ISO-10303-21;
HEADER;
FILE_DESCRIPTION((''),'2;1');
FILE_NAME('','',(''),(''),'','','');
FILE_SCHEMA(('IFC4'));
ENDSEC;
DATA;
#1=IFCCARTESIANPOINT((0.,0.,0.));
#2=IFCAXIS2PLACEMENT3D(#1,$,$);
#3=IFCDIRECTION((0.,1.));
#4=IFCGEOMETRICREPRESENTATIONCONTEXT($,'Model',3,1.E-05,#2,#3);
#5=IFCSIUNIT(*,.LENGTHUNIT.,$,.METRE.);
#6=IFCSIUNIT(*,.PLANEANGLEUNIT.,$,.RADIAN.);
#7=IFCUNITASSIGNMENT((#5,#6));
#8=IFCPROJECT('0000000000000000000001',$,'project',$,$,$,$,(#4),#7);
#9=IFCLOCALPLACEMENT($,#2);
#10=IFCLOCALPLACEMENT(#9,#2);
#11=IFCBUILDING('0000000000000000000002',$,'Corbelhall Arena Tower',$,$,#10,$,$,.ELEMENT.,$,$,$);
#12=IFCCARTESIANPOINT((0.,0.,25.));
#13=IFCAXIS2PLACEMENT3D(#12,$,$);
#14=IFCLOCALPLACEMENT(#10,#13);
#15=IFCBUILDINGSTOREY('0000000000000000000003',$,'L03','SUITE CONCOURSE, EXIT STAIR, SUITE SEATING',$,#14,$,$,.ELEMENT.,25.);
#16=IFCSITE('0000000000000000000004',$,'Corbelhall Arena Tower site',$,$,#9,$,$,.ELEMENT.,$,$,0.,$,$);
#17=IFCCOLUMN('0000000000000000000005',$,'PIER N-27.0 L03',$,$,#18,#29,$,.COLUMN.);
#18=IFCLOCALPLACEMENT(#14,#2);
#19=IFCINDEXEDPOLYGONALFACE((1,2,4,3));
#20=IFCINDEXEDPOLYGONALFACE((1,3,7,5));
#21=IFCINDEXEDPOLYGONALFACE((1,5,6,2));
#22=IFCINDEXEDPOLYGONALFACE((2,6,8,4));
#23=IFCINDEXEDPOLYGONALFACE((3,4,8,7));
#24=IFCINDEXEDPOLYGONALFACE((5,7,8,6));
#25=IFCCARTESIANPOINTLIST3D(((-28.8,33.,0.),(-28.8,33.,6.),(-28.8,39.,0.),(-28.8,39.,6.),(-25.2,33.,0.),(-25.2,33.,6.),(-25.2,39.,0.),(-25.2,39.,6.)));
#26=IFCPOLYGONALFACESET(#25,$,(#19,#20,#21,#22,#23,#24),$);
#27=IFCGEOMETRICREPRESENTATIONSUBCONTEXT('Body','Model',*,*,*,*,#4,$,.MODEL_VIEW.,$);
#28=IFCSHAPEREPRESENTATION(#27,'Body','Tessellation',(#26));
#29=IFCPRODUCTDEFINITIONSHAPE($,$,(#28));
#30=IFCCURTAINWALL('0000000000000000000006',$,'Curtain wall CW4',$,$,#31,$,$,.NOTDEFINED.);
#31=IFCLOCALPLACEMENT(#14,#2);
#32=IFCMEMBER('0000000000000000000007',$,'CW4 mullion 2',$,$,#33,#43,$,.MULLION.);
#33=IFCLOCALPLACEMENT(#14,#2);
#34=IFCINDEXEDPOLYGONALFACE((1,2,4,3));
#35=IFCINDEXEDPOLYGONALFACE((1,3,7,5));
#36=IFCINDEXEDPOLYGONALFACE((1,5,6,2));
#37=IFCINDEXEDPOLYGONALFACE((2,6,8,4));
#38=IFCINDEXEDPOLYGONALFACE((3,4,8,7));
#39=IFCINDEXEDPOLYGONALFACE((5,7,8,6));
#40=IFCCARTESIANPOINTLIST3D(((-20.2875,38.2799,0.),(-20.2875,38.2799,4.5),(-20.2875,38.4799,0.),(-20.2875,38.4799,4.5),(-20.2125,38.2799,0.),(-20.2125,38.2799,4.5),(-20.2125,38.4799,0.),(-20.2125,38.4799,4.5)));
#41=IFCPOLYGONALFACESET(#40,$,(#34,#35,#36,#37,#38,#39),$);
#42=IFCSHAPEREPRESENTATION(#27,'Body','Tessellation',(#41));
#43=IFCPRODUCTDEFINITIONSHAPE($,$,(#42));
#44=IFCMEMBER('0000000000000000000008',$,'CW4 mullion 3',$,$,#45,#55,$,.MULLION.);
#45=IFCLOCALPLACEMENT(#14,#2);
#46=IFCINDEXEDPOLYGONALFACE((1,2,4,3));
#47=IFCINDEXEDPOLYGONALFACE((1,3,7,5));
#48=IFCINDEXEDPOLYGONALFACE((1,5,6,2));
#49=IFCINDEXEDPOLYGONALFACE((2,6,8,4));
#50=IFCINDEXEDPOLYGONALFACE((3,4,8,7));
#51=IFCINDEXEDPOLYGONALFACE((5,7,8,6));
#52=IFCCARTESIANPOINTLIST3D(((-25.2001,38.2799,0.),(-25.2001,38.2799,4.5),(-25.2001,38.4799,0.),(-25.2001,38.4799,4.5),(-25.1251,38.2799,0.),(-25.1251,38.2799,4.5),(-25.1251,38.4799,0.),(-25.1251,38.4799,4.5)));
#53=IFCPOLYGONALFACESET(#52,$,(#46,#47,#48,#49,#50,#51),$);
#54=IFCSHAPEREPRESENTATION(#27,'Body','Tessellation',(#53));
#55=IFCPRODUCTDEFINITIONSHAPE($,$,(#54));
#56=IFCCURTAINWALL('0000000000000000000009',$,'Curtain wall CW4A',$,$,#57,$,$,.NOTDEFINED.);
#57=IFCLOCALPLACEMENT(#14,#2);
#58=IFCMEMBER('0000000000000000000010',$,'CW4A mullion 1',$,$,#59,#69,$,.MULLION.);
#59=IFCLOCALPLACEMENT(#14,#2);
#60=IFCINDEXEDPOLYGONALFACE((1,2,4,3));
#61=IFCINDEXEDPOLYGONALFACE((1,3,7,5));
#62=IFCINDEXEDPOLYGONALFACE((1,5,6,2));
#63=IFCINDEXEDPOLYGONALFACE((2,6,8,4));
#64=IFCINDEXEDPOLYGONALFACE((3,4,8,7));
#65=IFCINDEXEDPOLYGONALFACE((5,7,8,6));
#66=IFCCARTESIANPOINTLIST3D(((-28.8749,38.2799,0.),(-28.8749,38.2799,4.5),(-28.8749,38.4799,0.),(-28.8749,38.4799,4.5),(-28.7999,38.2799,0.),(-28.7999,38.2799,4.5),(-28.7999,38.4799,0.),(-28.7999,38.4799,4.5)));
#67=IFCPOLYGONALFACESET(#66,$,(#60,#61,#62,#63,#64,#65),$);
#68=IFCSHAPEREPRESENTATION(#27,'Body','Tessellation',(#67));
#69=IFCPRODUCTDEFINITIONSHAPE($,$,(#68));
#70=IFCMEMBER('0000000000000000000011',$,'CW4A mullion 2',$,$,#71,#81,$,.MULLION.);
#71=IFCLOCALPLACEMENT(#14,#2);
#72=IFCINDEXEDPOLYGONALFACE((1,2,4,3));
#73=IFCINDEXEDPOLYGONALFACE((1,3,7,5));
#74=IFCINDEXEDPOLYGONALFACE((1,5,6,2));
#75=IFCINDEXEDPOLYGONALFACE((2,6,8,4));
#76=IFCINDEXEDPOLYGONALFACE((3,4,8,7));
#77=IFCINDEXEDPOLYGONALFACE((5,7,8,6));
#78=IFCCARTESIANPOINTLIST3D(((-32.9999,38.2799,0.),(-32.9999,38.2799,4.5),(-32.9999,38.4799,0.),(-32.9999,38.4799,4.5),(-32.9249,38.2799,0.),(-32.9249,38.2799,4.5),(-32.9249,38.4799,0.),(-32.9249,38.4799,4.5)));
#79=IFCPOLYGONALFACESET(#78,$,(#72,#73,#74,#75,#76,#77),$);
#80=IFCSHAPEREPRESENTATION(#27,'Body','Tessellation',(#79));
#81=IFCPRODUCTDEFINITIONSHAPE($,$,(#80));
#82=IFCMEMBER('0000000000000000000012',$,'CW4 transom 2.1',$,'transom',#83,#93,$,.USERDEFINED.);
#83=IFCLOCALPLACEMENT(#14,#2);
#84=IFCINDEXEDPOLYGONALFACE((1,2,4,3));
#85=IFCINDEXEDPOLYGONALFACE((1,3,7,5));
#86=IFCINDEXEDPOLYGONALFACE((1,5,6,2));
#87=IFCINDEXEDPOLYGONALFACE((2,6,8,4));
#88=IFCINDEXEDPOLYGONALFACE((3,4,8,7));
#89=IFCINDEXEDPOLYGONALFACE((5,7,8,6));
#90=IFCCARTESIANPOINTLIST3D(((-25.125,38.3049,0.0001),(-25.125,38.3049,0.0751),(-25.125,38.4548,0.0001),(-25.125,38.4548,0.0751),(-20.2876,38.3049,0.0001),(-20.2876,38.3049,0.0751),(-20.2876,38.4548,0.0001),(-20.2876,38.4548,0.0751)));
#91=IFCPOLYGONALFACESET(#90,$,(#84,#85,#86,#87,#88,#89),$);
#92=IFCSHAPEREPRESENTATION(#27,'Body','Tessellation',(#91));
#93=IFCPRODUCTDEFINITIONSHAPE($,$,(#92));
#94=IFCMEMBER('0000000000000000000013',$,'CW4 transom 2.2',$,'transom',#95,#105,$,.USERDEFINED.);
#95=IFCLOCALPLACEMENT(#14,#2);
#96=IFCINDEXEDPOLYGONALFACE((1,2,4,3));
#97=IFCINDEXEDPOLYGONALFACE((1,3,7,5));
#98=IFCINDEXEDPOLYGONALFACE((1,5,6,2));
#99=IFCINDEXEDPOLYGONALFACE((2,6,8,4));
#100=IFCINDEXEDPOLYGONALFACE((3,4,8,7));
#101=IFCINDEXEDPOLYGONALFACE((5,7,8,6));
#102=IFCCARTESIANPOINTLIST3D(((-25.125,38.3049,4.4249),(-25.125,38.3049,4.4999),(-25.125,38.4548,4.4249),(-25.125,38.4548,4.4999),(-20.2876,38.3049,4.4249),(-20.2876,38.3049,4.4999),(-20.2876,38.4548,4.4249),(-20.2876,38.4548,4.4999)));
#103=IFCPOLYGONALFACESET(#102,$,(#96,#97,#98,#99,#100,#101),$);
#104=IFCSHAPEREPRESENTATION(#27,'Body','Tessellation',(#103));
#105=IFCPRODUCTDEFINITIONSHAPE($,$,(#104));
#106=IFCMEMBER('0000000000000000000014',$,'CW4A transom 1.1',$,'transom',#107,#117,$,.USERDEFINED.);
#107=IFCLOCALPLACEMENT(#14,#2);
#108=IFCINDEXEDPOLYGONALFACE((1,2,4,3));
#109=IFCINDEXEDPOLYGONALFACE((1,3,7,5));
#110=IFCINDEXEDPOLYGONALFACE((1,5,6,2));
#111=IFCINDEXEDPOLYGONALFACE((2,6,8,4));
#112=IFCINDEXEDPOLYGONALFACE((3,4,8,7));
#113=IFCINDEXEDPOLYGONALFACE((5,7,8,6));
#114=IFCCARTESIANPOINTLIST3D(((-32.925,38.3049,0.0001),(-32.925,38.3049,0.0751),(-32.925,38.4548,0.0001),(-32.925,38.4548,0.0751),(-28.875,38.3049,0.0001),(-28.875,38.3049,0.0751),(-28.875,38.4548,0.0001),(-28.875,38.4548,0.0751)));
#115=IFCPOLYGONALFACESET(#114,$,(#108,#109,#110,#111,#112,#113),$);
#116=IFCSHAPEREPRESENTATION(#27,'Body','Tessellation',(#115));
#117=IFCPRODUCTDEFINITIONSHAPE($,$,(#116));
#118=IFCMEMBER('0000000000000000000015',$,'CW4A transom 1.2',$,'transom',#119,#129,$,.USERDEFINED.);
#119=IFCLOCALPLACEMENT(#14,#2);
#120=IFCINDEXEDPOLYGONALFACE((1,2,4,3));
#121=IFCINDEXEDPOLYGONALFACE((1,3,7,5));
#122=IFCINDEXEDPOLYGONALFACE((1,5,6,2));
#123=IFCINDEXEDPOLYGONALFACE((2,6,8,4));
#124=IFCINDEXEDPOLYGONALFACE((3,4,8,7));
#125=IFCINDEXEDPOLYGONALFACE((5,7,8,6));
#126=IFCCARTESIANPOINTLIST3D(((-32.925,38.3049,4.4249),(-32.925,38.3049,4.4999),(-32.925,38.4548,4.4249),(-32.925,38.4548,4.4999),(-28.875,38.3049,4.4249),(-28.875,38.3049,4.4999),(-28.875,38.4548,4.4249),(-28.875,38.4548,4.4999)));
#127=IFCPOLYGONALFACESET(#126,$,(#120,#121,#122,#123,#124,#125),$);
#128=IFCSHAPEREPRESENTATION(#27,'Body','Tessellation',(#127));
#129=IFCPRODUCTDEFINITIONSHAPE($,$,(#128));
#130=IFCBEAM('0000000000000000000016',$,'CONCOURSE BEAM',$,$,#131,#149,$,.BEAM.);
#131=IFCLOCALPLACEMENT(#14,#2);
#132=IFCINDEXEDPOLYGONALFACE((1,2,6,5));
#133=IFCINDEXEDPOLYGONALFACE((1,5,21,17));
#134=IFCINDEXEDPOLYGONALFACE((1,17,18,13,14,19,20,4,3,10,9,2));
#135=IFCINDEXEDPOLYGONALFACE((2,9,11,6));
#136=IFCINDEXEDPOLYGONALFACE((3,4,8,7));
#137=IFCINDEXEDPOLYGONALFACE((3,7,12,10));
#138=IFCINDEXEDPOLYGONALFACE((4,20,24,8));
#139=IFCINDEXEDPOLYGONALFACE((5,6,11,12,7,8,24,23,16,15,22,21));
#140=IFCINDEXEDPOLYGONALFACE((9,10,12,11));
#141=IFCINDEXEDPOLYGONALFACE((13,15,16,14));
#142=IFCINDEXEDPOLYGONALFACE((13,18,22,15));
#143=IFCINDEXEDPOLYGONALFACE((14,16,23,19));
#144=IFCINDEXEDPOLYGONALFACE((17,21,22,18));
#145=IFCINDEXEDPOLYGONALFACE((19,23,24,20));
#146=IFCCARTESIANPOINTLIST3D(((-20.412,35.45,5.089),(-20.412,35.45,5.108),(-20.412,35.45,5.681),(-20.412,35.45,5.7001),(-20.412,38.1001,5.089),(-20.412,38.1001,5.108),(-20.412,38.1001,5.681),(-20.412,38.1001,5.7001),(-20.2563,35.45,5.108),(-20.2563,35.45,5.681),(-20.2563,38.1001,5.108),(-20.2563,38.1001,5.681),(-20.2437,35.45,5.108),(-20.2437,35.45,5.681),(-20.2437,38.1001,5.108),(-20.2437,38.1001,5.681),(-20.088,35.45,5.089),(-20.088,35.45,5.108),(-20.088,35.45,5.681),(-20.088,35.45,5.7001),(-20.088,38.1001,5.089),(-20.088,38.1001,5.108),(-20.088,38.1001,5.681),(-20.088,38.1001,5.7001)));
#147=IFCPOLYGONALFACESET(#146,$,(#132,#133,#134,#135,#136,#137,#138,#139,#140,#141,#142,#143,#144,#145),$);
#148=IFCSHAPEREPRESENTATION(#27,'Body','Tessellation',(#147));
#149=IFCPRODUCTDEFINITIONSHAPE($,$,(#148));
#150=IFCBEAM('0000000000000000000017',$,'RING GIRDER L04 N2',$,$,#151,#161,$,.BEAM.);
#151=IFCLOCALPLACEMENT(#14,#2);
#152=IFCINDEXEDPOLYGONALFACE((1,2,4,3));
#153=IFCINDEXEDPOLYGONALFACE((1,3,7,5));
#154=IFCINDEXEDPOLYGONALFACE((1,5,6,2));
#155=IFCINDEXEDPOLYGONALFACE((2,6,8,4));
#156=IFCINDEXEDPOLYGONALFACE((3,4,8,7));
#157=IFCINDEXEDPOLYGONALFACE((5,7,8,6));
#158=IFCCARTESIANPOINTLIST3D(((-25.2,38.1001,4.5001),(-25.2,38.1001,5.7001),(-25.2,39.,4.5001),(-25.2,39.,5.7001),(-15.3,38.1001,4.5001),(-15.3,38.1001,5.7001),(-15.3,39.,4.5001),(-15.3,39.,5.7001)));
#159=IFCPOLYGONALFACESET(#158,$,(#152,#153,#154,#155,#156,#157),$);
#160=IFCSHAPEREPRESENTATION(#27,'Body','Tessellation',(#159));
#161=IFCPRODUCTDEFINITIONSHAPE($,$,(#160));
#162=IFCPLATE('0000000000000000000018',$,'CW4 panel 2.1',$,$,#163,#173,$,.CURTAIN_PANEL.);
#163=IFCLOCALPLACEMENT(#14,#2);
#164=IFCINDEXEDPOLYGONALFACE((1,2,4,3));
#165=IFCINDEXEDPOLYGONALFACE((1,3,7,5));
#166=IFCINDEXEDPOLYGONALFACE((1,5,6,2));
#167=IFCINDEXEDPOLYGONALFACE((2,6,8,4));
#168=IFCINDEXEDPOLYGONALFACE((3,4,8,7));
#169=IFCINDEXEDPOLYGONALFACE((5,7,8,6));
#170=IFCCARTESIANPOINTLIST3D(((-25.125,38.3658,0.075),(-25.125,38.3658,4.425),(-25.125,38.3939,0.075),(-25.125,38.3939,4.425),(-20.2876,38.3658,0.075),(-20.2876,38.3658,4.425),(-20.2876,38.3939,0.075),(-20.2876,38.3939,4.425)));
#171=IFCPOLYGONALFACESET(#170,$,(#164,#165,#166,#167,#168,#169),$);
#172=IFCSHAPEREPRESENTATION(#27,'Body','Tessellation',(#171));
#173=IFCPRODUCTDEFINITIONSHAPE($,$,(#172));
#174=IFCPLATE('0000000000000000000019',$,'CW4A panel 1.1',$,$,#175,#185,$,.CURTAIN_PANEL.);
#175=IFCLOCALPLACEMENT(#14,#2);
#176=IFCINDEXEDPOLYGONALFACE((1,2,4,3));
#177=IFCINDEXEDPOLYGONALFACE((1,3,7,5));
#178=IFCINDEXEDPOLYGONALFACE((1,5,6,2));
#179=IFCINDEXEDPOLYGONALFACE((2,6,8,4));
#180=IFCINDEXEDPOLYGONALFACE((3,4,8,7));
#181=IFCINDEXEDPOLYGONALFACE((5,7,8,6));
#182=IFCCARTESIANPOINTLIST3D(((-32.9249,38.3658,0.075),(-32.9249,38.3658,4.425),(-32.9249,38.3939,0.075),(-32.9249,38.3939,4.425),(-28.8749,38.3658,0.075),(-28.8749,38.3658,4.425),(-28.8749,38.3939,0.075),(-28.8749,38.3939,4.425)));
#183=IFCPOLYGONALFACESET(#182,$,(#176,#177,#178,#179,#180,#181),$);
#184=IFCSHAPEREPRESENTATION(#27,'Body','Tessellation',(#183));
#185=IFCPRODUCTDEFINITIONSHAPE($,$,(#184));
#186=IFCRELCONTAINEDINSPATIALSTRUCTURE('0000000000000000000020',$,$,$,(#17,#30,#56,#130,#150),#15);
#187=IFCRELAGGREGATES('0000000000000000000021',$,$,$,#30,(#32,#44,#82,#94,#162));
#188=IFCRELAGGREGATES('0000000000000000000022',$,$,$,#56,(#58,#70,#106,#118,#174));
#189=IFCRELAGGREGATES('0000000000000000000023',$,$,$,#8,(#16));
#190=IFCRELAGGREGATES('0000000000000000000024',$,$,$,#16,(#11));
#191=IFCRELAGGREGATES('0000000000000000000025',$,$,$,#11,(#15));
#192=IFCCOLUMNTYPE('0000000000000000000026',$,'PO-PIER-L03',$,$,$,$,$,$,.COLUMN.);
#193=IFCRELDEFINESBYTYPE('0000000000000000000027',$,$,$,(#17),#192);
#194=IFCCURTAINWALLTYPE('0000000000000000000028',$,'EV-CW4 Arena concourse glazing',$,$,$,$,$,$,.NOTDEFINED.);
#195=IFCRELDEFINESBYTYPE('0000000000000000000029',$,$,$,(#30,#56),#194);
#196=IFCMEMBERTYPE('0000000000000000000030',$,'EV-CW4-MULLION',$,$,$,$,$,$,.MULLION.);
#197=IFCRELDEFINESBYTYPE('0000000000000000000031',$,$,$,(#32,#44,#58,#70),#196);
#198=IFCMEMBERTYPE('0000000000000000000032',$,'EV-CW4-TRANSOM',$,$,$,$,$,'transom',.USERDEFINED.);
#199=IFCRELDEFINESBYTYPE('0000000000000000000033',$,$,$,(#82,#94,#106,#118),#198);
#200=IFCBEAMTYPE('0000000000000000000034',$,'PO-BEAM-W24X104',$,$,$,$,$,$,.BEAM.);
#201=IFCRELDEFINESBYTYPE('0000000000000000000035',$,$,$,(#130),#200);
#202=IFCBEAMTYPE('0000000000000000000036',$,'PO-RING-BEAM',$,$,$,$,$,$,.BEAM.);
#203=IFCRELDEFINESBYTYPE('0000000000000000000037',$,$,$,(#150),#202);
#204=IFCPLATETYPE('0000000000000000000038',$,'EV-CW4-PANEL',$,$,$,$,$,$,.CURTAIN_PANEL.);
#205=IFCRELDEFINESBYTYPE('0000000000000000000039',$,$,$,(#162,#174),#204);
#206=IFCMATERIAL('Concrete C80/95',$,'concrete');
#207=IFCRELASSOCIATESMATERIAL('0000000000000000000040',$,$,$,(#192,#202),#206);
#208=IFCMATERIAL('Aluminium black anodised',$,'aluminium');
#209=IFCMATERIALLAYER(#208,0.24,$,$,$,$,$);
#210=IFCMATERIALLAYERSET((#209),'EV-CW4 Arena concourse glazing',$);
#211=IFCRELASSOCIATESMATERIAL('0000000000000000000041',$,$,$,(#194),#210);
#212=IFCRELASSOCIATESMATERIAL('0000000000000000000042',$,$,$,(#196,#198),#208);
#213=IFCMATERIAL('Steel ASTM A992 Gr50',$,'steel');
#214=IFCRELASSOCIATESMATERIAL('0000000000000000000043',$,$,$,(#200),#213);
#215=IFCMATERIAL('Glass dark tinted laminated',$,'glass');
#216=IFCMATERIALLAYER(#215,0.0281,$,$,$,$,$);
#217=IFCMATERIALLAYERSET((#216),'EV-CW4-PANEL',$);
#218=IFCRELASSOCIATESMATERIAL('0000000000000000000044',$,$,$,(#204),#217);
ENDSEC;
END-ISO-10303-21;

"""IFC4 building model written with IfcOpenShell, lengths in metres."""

from ifc_helpers import new_model, si_unit, direction, frame, origin, origin_2d, place, context, subcontext, project, spatial, rectangle, i_section, extrude, material, layer, layer_set, material_profile, profile_set, type_object, element, aggregate, save


model = new_model("IFC4")

# Units and contexts
model_context = context("Model", 3, precision=1e-05, world=origin(), true_north=direction((0.0, 1.0)))
body_context = subcontext(model_context, "Body", "Model", "MODEL_VIEW")
ifc_project = project(units=[si_unit("LENGTHUNIT", "METRE"), si_unit("PLANEANGLEUNIT", "RADIAN")], contexts=[model_context])

# Site, building, storey
site_placement = place(None, origin())
site = spatial("IfcSite", under=ifc_project, at=site_placement, Name="Corbelhall Arena Tower site", CompositionType="ELEMENT", RefElevation=0.0)
building_placement = place(site_placement, origin())
building = spatial("IfcBuilding", under=site, at=building_placement, Name="Corbelhall Arena Tower", CompositionType="ELEMENT")
storey_placement = place(building_placement, frame((0.0, 0.0, 25.0)))
storey = spatial("IfcBuildingStorey", under=building, at=storey_placement, Name="L03", Description="SUITE CONCOURSE, EXIT STAIR, SUITE SEATING", CompositionType="ELEMENT", Elevation=25.0)

# Column
ifc_material_1 = material(Name="Concrete C80/95", Category="concrete")
ifc_material_profile_1 = material_profile(ifc_material_1, rectangle(XDim=3.6001, YDim=6.0, at=origin_2d()))
ifc_profile_set_1 = profile_set([ifc_material_profile_1], Name="Concrete C80/95")
column_type = type_object("IfcColumnType", Name="PO-PIER-L03", PredefinedType="COLUMN", material=ifc_profile_set_1)
column_placement = place(storey_placement, frame((-27.0, 36.0, 0.0), z_axis=(0.0, 0.0, 1.0), x_axis=(1.0, 0.0, 0.0)))
element("IfcColumn", 1, at=column_placement, inside=storey, type_object=column_type, Name="PIER N-27.0 L03", PredefinedType="COLUMN", context=body_context, shape_type="SweptSolid", body=[
    extrude(rectangle(XDim=3.6001, YDim=6.0, at=origin_2d()), origin(), (0.0, 0.0, 1.0), 6.0),
])

# Curtain walls, members
ifc_material_2 = material(Name="Aluminium black anodised", Category="aluminium")
ifc_layer_1 = layer(ifc_material_2, 0.24)
ifc_layer_set_1 = layer_set([ifc_layer_1], Name="EV-CW4 Arena concourse glazing")
curtain_wall_type = type_object("IfcCurtainWallType", Name="EV-CW4 Arena concourse glazing", PredefinedType="NOTDEFINED", material=ifc_layer_set_1)
curtain_wall_1_placement = place(storey_placement, origin())
curtain_wall_1 = element("IfcCurtainWall", 2, at=curtain_wall_1_placement, inside=storey, type_object=curtain_wall_type, Name="Curtain wall CW4", PredefinedType="NOTDEFINED")
ifc_material_profile_2 = material_profile(ifc_material_2, rectangle(XDim=0.2, YDim=0.075, at=origin_2d()))
ifc_profile_set_2 = profile_set([ifc_material_profile_2], Name="Aluminium black anodised")
member_type_1 = type_object("IfcMemberType", Name="EV-CW4-MULLION", PredefinedType="MULLION", material=ifc_profile_set_2)
member_1_placement = place(storey_placement, frame((-20.25, 38.3799, 0.0), z_axis=(0.0, 0.0, 1.0), x_axis=(0.0, -1.0, 0.0)))
member_1 = element("IfcMember", 3, at=member_1_placement, type_object=member_type_1, Name="CW4 mullion 2", PredefinedType="MULLION", context=body_context, shape_type="SweptSolid", body=[
    extrude(rectangle(XDim=0.2, YDim=0.075, at=origin_2d()), origin(), (0.0, 0.0, 1.0), 4.5),
])
member_2_placement = place(storey_placement, frame((-25.1626, 38.3799, 0.0), z_axis=(0.0, 0.0, 1.0), x_axis=(0.0, -1.0, 0.0)))
member_2 = element("IfcMember", 4, at=member_2_placement, type_object=member_type_1, Name="CW4 mullion 3", PredefinedType="MULLION", context=body_context, shape_type="SweptSolid", body=[
    extrude(rectangle(XDim=0.2, YDim=0.075, at=origin_2d()), origin(), (0.0, 0.0, 1.0), 4.5),
])
curtain_wall_2_placement = place(storey_placement, origin())
curtain_wall_2 = element("IfcCurtainWall", 5, at=curtain_wall_2_placement, inside=storey, type_object=curtain_wall_type, Name="Curtain wall CW4A", PredefinedType="NOTDEFINED")
member_3_placement = place(storey_placement, frame((-28.8374, 38.3799, 0.0), z_axis=(0.0, 0.0, 1.0), x_axis=(0.0, -1.0, 0.0)))
member_3 = element("IfcMember", 6, at=member_3_placement, type_object=member_type_1, Name="CW4A mullion 1", PredefinedType="MULLION", context=body_context, shape_type="SweptSolid", body=[
    extrude(rectangle(XDim=0.2, YDim=0.075, at=origin_2d()), origin(), (0.0, 0.0, 1.0), 4.5),
])
member_4_placement = place(storey_placement, frame((-32.9624, 38.3799, 0.0), z_axis=(0.0, 0.0, 1.0), x_axis=(0.0, -1.0, 0.0)))
member_4 = element("IfcMember", 7, at=member_4_placement, type_object=member_type_1, Name="CW4A mullion 2", PredefinedType="MULLION", context=body_context, shape_type="SweptSolid", body=[
    extrude(rectangle(XDim=0.2, YDim=0.075, at=origin_2d()), origin(), (0.0, 0.0, 1.0), 4.5),
])

# Members
ifc_material_profile_3 = material_profile(ifc_material_2, rectangle(XDim=0.1499, YDim=0.075, at=origin_2d()))
ifc_profile_set_3 = profile_set([ifc_material_profile_3], Name="Aluminium black anodised")
member_type_2 = type_object("IfcMemberType", Name="EV-CW4-TRANSOM", ElementType="transom", PredefinedType="USERDEFINED", material=ifc_profile_set_3)
member_5_placement = place(storey_placement, frame((-20.2876, 38.3799, 0.0376), z_axis=(-1.0, 0.0, 0.0), x_axis=(0.0, -1.0, 0.0)))
member_5 = element("IfcMember", 8, at=member_5_placement, type_object=member_type_2, Name="CW4 transom 2.1", ObjectType="transom", PredefinedType="USERDEFINED", context=body_context, shape_type="SweptSolid", body=[
    extrude(rectangle(XDim=0.1499, YDim=0.075, at=origin_2d()), origin(), (0.0, 0.0, 1.0), 4.8374),
])
member_6_placement = place(storey_placement, frame((-20.2876, 38.3799, 4.4624), z_axis=(-1.0, 0.0, 0.0), x_axis=(0.0, -1.0, 0.0)))
member_6 = element("IfcMember", 9, at=member_6_placement, type_object=member_type_2, Name="CW4 transom 2.2", ObjectType="transom", PredefinedType="USERDEFINED", context=body_context, shape_type="SweptSolid", body=[
    extrude(rectangle(XDim=0.1499, YDim=0.075, at=origin_2d()), origin(), (0.0, 0.0, 1.0), 4.8374),
])
member_7_placement = place(storey_placement, frame((-28.875, 38.3799, 0.0376), z_axis=(-1.0, 0.0, 0.0), x_axis=(0.0, -1.0, 0.0)))
member_7 = element("IfcMember", 10, at=member_7_placement, type_object=member_type_2, Name="CW4A transom 1.1", ObjectType="transom", PredefinedType="USERDEFINED", context=body_context, shape_type="SweptSolid", body=[
    extrude(rectangle(XDim=0.1499, YDim=0.075, at=origin_2d()), origin(), (0.0, 0.0, 1.0), 4.05),
])
member_8_placement = place(storey_placement, frame((-28.875, 38.3799, 4.4624), z_axis=(-1.0, 0.0, 0.0), x_axis=(0.0, -1.0, 0.0)))
member_8 = element("IfcMember", 11, at=member_8_placement, type_object=member_type_2, Name="CW4A transom 1.2", ObjectType="transom", PredefinedType="USERDEFINED", context=body_context, shape_type="SweptSolid", body=[
    extrude(rectangle(XDim=0.1499, YDim=0.075, at=origin_2d()), origin(), (0.0, 0.0, 1.0), 4.05),
])

# Beams
ifc_material_3 = material(Name="Steel ASTM A992 Gr50", Category="steel")
ifc_material_profile_4 = material_profile(ifc_material_3, i_section(OverallWidth=0.324, OverallDepth=0.6111, WebThickness=0.0127, FlangeThickness=0.019, at=origin_2d()))
ifc_profile_set_4 = profile_set([ifc_material_profile_4], Name="Steel ASTM A992 Gr50")
beam_type_1 = type_object("IfcBeamType", Name="PO-BEAM-W24X104", PredefinedType="BEAM", material=ifc_profile_set_4)
beam_1_placement = place(storey_placement, frame((-20.25, 35.45, 5.3945), z_axis=(0.0, 1.0, 0.0), x_axis=(-1.0, 0.0, 0.0)))
element("IfcBeam", 12, at=beam_1_placement, inside=storey, type_object=beam_type_1, Name="CONCOURSE BEAM", PredefinedType="BEAM", context=body_context, shape_type="SweptSolid", body=[
    extrude(i_section(OverallWidth=0.324, OverallDepth=0.6111, WebThickness=0.0127, FlangeThickness=0.019, at=origin_2d()), origin(), (0.0, 0.0, 1.0), 2.6501),
])
ifc_material_profile_5 = material_profile(ifc_material_1, rectangle(XDim=0.8999, YDim=1.2, at=origin_2d()))
ifc_profile_set_5 = profile_set([ifc_material_profile_5], Name="Concrete C80/95")
beam_type_2 = type_object("IfcBeamType", Name="PO-RING-BEAM", PredefinedType="BEAM", material=ifc_profile_set_5)
beam_2_placement = place(storey_placement, frame((-25.2, 38.55, 5.1001), z_axis=(1.0, 0.0, 0.0), x_axis=(0.0, 1.0, 0.0)))
element("IfcBeam", 13, at=beam_2_placement, inside=storey, type_object=beam_type_2, Name="RING GIRDER L04 N2", PredefinedType="BEAM", context=body_context, shape_type="SweptSolid", body=[
    extrude(rectangle(XDim=0.8999, YDim=1.2, at=origin_2d()), origin(), (0.0, 0.0, 1.0), 9.8999),
])

# Plates
ifc_material_4 = material(Name="Glass dark tinted laminated", Category="glass")
ifc_layer_2 = layer(ifc_material_4, 0.0281)
ifc_layer_set_2 = layer_set([ifc_layer_2], Name="EV-CW4-PANEL")
plate_type = type_object("IfcPlateType", Name="EV-CW4-PANEL", PredefinedType="CURTAIN_PANEL", material=ifc_layer_set_2)
plate_1_placement = place(storey_placement, frame((-22.7063, 38.3799, 0.075), z_axis=(0.0, 0.0, 1.0), x_axis=(-1.0, 0.0, 0.0)))
plate_1 = element("IfcPlate", 14, at=plate_1_placement, type_object=plate_type, Name="CW4 panel 2.1", PredefinedType="CURTAIN_PANEL", context=body_context, shape_type="SweptSolid", body=[
    extrude(rectangle(XDim=4.8374, YDim=0.0281, at=origin_2d()), origin(), (0.0, 0.0, 1.0), 4.3501),
])
aggregate(curtain_wall_1, [member_1, member_2, member_5, member_6, plate_1])
plate_2_placement = place(storey_placement, frame((-30.8999, 38.3799, 0.075), z_axis=(0.0, 0.0, 1.0), x_axis=(-1.0, 0.0, 0.0)))
plate_2 = element("IfcPlate", 15, at=plate_2_placement, type_object=plate_type, Name="CW4A panel 1.1", PredefinedType="CURTAIN_PANEL", context=body_context, shape_type="SweptSolid", body=[
    extrude(rectangle(XDim=4.05, YDim=0.0281, at=origin_2d()), origin(), (0.0, 0.0, 1.0), 4.3501),
])
aggregate(curtain_wall_2, [member_3, member_4, member_7, member_8, plate_2])

save(model, "model.ifc")
